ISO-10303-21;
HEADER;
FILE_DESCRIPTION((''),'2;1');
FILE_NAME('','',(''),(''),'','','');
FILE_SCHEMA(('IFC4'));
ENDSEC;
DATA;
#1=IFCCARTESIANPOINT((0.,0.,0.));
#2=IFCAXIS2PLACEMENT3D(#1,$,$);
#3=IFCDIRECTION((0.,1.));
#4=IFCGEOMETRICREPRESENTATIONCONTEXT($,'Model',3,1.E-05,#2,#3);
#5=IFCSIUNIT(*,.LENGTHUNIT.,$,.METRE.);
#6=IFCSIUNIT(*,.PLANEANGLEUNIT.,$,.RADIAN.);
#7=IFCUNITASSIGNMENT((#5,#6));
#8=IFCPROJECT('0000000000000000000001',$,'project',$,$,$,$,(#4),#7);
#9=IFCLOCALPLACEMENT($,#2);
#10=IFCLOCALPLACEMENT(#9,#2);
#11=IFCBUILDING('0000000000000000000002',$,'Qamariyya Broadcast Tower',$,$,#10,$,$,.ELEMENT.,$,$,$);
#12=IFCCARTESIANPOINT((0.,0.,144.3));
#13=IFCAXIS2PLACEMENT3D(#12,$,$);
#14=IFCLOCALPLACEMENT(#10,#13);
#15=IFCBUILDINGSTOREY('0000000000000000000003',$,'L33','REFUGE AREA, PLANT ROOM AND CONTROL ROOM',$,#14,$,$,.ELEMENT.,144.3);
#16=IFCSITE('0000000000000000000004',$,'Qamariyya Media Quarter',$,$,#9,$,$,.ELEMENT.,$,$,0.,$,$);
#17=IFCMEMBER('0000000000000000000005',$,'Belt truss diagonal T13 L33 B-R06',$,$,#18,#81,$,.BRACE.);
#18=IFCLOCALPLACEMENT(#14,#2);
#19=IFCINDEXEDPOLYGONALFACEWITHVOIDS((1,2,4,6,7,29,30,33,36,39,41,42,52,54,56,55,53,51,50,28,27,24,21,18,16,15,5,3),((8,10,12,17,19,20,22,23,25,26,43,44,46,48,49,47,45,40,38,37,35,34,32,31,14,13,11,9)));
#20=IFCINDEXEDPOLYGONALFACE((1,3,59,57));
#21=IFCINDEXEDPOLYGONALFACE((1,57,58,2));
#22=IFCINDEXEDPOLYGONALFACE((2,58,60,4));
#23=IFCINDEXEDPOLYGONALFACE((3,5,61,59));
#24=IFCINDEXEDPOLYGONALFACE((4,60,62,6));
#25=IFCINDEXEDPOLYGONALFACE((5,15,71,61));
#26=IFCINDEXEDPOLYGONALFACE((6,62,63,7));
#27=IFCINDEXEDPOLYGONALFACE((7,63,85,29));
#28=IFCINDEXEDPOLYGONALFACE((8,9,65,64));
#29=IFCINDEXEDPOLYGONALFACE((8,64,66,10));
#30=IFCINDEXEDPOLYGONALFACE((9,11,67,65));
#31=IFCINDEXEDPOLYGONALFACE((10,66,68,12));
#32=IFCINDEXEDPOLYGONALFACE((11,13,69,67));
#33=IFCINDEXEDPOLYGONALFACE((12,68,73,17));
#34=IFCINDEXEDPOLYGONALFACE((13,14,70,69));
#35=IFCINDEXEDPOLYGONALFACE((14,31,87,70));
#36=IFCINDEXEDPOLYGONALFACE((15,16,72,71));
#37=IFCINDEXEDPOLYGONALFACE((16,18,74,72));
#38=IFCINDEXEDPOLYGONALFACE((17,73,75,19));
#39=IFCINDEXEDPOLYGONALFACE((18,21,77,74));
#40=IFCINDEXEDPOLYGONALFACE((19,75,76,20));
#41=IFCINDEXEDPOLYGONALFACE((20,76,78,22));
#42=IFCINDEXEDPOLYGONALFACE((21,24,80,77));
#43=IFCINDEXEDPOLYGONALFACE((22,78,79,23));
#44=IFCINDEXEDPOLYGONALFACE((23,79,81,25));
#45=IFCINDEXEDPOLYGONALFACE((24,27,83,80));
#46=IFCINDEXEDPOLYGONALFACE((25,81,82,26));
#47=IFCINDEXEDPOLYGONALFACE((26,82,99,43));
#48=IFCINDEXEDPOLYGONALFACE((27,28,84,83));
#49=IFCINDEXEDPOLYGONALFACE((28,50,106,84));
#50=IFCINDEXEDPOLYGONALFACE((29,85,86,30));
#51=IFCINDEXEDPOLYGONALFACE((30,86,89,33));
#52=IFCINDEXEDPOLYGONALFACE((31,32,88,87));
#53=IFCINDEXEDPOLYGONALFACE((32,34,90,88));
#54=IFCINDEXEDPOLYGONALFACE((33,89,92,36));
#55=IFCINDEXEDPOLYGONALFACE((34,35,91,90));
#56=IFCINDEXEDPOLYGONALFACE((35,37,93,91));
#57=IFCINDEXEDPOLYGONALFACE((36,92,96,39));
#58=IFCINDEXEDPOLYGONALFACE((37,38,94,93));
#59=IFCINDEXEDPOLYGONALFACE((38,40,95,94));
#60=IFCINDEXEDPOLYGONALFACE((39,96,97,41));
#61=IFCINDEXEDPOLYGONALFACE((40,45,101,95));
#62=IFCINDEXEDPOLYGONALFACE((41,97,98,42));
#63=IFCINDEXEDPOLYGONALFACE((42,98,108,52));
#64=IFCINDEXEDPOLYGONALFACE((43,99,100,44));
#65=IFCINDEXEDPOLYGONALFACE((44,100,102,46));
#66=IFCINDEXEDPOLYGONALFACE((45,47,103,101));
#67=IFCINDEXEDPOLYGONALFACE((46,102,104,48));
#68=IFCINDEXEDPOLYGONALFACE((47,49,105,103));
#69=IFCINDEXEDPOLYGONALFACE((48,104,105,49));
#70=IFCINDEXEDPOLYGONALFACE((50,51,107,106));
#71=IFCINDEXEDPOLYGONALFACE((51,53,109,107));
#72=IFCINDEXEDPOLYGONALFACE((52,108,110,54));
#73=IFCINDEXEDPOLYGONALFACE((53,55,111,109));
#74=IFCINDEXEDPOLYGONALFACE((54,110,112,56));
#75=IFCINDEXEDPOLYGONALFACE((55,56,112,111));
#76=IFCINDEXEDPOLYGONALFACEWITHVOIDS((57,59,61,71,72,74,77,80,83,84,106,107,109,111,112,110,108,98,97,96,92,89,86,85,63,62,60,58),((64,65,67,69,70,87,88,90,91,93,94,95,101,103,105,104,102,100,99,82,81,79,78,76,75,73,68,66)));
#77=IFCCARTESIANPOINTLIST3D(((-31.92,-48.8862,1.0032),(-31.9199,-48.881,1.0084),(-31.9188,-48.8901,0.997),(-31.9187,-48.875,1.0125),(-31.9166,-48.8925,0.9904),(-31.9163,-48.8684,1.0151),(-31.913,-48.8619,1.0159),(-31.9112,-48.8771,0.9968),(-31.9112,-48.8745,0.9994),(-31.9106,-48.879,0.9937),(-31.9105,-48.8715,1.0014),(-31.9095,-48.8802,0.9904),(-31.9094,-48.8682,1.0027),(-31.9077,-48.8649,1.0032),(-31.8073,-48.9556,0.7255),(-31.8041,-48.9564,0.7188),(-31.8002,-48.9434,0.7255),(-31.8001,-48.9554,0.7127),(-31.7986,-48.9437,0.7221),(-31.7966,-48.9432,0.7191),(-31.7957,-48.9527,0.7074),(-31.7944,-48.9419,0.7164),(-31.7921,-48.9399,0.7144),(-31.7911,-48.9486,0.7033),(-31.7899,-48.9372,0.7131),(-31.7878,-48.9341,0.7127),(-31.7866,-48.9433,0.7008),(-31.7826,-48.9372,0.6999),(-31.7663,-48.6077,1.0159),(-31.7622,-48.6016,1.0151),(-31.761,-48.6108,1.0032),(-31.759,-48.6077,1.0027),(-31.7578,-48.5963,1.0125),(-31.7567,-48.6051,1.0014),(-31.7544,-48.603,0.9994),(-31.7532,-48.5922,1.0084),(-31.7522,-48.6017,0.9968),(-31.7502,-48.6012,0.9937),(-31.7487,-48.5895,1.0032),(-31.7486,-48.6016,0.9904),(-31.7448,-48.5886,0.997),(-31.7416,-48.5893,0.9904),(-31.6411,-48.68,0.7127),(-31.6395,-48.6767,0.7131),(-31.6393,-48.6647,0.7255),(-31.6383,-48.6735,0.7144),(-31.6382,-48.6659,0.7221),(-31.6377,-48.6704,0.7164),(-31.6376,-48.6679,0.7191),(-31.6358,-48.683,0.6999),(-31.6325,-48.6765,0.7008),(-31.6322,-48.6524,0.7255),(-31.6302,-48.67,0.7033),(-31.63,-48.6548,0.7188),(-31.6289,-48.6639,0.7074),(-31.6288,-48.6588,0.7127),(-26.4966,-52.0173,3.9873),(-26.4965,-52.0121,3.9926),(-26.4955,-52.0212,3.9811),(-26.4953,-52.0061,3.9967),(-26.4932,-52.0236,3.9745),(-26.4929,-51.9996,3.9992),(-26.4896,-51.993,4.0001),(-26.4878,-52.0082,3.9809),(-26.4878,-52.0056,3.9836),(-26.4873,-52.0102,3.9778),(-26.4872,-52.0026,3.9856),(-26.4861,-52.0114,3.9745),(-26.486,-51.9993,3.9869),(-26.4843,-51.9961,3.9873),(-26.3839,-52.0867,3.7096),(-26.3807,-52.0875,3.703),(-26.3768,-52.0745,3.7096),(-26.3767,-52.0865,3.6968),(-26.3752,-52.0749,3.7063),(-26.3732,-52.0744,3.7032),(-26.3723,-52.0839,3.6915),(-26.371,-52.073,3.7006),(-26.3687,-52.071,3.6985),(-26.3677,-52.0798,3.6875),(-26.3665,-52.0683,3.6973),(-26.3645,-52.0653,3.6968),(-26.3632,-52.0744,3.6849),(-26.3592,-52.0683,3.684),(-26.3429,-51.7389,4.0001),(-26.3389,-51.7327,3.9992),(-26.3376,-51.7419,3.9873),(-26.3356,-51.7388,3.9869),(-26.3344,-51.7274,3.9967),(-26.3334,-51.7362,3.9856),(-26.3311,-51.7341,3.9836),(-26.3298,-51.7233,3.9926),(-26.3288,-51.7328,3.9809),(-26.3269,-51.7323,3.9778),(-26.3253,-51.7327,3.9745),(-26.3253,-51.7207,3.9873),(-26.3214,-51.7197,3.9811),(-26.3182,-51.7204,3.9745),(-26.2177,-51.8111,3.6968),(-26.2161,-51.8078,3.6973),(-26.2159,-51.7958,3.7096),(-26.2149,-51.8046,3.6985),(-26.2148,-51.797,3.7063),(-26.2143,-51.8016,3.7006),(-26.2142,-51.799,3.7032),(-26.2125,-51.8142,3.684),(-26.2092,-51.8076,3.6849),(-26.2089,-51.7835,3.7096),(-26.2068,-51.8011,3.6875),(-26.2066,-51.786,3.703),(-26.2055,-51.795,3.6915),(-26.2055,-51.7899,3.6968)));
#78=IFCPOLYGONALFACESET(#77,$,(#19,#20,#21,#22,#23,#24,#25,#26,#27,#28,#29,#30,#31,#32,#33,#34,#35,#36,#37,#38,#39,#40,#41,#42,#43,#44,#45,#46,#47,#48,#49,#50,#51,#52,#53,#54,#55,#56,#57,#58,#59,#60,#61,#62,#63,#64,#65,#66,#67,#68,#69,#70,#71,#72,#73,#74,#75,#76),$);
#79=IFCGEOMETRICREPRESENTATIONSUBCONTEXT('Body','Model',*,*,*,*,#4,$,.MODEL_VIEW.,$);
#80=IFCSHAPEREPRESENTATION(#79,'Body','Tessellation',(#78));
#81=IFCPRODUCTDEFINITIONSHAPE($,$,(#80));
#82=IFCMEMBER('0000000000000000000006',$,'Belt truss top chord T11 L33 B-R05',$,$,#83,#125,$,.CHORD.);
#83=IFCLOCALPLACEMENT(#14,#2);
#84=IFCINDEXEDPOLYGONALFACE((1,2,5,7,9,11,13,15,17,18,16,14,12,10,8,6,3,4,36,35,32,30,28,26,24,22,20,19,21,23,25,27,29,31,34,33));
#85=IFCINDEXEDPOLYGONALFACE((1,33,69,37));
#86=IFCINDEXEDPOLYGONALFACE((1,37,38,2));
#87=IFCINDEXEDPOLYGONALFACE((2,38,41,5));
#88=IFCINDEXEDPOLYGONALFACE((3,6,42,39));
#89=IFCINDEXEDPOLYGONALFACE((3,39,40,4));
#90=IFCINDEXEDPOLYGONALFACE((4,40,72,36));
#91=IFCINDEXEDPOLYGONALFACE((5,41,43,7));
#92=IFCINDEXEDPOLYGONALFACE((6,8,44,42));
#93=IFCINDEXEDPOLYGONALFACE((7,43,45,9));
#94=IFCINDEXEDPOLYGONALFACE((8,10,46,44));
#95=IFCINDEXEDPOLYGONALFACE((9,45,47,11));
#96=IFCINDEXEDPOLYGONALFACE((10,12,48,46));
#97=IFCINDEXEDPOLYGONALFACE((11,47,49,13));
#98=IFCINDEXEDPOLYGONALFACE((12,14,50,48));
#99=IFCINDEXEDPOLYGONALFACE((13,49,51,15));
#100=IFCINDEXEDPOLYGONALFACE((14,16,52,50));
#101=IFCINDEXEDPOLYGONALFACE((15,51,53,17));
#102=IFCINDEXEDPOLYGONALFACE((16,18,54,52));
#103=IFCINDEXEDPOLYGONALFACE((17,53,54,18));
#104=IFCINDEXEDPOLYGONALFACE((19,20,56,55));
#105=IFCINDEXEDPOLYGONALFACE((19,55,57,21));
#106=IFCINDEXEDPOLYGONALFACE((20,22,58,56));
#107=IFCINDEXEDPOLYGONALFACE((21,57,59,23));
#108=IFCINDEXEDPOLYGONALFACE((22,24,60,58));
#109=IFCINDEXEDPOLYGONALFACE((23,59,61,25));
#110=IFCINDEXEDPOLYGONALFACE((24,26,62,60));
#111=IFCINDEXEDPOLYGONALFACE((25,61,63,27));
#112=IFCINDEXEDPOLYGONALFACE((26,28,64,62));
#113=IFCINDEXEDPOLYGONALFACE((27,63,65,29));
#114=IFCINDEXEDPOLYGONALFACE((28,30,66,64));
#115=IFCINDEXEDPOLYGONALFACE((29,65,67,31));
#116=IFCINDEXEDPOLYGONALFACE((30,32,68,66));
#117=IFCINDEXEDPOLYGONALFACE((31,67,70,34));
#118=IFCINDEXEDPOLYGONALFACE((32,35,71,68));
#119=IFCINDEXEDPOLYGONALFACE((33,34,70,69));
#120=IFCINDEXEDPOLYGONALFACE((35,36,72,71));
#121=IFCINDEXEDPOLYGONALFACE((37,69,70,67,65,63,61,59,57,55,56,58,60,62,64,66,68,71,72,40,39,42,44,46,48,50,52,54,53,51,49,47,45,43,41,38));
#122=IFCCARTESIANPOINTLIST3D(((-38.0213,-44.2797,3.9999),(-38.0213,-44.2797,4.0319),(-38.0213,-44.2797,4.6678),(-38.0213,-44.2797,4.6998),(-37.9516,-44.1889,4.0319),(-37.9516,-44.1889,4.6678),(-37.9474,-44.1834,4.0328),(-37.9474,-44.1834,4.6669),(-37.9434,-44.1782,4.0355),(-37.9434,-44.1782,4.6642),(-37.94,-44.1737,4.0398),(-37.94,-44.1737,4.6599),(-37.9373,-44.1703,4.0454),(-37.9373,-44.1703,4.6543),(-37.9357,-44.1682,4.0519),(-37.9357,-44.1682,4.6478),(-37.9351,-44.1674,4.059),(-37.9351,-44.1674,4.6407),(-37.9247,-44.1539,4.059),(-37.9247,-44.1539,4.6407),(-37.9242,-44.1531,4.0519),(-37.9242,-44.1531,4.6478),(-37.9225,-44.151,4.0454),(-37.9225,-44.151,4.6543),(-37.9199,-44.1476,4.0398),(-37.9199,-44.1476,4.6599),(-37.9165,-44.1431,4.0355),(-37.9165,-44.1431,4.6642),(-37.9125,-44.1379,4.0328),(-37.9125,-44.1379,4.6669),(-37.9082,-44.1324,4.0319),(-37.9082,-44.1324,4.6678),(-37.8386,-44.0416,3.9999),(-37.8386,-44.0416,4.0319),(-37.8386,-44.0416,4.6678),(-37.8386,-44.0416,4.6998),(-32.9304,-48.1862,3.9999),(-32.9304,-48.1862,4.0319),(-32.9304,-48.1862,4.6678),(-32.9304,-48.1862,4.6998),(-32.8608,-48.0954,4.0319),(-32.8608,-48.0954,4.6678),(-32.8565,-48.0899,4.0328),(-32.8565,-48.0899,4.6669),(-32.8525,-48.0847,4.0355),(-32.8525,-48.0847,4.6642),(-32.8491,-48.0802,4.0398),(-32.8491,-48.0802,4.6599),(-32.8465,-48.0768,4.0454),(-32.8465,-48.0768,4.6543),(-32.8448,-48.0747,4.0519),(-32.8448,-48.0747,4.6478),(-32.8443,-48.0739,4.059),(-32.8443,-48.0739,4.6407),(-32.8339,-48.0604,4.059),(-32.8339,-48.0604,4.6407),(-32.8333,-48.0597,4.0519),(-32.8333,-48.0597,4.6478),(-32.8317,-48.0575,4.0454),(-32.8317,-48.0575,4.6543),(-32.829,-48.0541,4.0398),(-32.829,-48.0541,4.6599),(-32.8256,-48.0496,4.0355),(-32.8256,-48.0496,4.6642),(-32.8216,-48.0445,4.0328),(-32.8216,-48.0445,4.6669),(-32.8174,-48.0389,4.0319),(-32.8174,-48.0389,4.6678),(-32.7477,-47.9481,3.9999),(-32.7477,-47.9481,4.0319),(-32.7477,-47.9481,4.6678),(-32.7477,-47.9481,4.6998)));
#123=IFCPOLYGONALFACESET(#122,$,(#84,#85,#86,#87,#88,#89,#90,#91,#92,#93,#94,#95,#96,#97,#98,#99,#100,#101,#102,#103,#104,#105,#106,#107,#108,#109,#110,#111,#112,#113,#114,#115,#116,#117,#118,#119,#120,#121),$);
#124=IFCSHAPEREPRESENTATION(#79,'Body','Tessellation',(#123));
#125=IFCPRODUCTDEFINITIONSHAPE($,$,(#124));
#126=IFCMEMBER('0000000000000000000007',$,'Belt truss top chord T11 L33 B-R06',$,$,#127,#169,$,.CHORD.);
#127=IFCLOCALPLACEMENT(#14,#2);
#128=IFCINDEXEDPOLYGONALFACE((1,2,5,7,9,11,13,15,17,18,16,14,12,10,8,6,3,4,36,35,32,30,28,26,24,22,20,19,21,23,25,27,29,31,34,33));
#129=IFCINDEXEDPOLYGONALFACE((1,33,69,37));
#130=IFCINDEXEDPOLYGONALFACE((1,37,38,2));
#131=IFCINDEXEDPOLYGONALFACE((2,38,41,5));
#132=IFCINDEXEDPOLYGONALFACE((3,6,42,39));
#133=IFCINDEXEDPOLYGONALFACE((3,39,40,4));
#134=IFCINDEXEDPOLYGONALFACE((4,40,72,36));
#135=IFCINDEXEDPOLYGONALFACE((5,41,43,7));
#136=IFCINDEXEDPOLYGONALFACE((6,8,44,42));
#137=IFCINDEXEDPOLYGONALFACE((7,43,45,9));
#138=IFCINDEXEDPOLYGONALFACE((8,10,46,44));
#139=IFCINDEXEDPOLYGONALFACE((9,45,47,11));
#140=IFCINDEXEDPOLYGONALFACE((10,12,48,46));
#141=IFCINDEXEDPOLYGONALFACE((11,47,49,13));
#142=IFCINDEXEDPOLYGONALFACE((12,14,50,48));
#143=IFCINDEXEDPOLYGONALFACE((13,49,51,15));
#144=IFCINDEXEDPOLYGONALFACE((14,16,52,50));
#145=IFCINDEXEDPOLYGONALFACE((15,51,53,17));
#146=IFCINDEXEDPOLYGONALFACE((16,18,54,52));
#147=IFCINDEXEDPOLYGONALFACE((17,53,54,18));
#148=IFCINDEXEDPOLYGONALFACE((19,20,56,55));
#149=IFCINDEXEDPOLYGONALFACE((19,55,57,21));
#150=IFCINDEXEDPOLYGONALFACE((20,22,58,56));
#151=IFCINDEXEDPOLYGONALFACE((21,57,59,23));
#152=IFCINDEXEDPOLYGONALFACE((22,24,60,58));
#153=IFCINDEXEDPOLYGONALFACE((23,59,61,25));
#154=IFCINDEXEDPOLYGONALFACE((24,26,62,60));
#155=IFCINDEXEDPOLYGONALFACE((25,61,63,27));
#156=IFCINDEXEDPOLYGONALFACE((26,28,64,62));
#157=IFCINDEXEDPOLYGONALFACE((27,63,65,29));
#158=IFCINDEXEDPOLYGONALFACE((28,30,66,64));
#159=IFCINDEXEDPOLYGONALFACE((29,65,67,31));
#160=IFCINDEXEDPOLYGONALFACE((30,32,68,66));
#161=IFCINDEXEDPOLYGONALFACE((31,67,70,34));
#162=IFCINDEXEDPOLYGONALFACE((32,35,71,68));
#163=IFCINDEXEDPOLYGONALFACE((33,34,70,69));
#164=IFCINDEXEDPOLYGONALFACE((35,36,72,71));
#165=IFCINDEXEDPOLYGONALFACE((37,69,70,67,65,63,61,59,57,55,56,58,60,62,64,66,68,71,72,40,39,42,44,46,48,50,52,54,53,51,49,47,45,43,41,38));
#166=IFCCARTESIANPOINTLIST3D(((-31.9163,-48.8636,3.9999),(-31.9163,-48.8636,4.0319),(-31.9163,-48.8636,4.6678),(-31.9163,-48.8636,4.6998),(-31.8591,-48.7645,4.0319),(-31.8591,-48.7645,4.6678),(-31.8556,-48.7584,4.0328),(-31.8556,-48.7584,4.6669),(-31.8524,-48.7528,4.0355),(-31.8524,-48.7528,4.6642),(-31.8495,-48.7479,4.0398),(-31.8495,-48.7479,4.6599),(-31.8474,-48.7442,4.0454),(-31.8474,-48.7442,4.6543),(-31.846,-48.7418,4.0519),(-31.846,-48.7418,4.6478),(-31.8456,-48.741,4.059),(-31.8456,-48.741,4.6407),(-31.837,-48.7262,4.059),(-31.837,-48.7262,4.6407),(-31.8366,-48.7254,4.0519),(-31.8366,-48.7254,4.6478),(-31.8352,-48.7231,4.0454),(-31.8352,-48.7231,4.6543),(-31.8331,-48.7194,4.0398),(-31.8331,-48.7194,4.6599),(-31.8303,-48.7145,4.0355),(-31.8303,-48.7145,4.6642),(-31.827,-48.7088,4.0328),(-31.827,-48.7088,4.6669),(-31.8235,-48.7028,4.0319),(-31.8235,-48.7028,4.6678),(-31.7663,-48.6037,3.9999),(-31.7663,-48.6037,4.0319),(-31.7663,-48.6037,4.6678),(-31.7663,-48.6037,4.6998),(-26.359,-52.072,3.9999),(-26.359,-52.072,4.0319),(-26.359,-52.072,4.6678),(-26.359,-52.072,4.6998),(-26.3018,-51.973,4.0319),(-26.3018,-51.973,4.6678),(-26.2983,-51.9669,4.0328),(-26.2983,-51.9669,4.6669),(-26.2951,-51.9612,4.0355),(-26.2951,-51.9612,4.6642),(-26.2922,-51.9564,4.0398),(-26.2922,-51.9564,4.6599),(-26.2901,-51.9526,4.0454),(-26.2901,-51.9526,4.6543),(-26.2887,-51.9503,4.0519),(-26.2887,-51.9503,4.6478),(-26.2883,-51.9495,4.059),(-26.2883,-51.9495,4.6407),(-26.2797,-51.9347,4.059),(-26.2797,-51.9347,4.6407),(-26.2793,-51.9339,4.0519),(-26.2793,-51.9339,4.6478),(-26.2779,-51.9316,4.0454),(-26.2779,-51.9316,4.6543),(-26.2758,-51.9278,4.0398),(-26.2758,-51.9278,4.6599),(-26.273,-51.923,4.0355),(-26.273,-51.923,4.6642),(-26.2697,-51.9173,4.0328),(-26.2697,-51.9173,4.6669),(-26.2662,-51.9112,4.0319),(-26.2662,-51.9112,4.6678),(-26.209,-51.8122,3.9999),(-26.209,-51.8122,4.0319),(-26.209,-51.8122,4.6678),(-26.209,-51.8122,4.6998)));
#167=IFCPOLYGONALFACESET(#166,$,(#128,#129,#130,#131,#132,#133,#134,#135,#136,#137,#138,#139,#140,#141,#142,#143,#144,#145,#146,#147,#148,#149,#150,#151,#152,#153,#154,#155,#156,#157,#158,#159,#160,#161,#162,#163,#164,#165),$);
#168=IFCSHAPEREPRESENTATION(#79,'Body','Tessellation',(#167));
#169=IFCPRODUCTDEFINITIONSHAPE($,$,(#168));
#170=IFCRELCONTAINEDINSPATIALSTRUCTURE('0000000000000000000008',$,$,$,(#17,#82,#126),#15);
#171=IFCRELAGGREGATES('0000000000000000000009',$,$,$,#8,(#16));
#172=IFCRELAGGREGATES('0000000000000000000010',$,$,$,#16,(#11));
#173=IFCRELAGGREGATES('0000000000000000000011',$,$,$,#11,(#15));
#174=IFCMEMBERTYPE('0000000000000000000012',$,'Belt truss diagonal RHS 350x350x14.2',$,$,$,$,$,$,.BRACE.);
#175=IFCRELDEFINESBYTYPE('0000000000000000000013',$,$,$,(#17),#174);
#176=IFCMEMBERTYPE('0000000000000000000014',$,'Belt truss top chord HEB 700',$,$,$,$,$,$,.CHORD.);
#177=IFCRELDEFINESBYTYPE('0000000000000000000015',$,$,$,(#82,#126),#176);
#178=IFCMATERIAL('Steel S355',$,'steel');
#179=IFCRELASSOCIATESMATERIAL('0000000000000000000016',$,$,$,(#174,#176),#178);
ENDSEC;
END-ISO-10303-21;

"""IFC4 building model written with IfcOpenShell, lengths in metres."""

from ifc_helpers import new_model, si_unit, direction, frame, origin, origin_2d, place, context, subcontext, project, spatial, hollow_rectangle, i_section, extrude, material, material_profile, profile_set, type_object, element, save


model = new_model("IFC4")

# Units and contexts
model_context = context("Model", 3, precision=1e-05, world=origin(), true_north=direction((0.0, 1.0)))
body_context = subcontext(model_context, "Body", "Model", "MODEL_VIEW")
ifc_project = project(units=[si_unit("LENGTHUNIT", "METRE"), si_unit("PLANEANGLEUNIT", "RADIAN")], contexts=[model_context])

# Site, building, storey
site_placement = place(None, origin())
site = spatial("IfcSite", under=ifc_project, at=site_placement, Name="Qamariyya Media Quarter", CompositionType="ELEMENT", RefElevation=0.0)
building_placement = place(site_placement, origin())
building = spatial("IfcBuilding", under=site, at=building_placement, Name="Qamariyya Broadcast Tower", CompositionType="ELEMENT")
storey_placement = place(building_placement, frame((0.0, 0.0, 144.3)))
storey = spatial("IfcBuildingStorey", under=building, at=storey_placement, Name="L33", Description="REFUGE AREA, PLANT ROOM AND CONTROL ROOM", CompositionType="ELEMENT", Elevation=144.3)

# Members
ifc_material_1 = material(Name="Steel S355", Category="steel")
ifc_material_profile_1 = material_profile(ifc_material_1, hollow_rectangle(XDim=0.3501, YDim=0.3501, WallThickness=0.0142, InnerFilletRadius=0.0142, OuterFilletRadius=0.0283, at=origin_2d()))
ifc_profile_set_1 = profile_set([ifc_material_profile_1], Name="Steel S355")
member_type_1 = type_object("IfcMemberType", Name="Belt truss diagonal RHS 350x350x14.2", PredefinedType="BRACE", material=ifc_profile_set_1)
for number, where, z_axis, x_axis, name in (
    (1, (-31.7744, -48.7725, 0.8579), (0.781803, -0.451365, 0.430178), (0.499992, 0.86603, 0.0), "Belt truss diagonal T13 L33 B-R06"),
):
    element("IfcMember", number, at=place(storey_placement, frame(where, z_axis=z_axis, x_axis=x_axis)), inside=storey, type_object=member_type_1, Name=name, PredefinedType="BRACE", context=body_context, shape_type="SweptSolid", body=[
        extrude(hollow_rectangle(XDim=0.3501, YDim=0.3501, WallThickness=0.0142, InnerFilletRadius=0.0142, OuterFilletRadius=0.0283, at=origin_2d()), origin(), (0.0, 0.0, 1.0), 6.937),
    ])
ifc_material_profile_2 = material_profile(ifc_material_1, i_section(OverallWidth=0.3, OverallDepth=0.7, WebThickness=0.0171, FlangeThickness=0.032, FilletRadius=0.0271, at=origin_2d()))
ifc_profile_set_2 = profile_set([ifc_material_profile_2], Name="Steel S355")
member_type_2 = type_object("IfcMemberType", Name="Belt truss top chord HEB 700", PredefinedType="CHORD", material=ifc_profile_set_2)
for number, where, z_axis, x_axis, name in (
    (2, (-37.9299, -44.1606, 4.3499), (0.793341, -0.608778, 0.0), (0.608778, 0.793341, 0.0), "Belt truss top chord T11 L33 B-R05"),
    (3, (-31.8413, -48.7336, 4.3499), (0.866029, -0.499994, 0.0), (0.499994, 0.866029, 0.0), "Belt truss top chord T11 L33 B-R06"),
):
    element("IfcMember", number, at=place(storey_placement, frame(where, z_axis=z_axis, x_axis=x_axis)), inside=storey, type_object=member_type_2, Name=name, PredefinedType="CHORD", context=body_context, shape_type="SweptSolid", body=[
        extrude(i_section(OverallWidth=0.3, OverallDepth=0.7, WebThickness=0.0171, FlangeThickness=0.032, FilletRadius=0.0271, at=origin_2d()), origin(), (0.0, 0.0, 1.0), 6.417),
    ])

save(model, "model.ifc")
